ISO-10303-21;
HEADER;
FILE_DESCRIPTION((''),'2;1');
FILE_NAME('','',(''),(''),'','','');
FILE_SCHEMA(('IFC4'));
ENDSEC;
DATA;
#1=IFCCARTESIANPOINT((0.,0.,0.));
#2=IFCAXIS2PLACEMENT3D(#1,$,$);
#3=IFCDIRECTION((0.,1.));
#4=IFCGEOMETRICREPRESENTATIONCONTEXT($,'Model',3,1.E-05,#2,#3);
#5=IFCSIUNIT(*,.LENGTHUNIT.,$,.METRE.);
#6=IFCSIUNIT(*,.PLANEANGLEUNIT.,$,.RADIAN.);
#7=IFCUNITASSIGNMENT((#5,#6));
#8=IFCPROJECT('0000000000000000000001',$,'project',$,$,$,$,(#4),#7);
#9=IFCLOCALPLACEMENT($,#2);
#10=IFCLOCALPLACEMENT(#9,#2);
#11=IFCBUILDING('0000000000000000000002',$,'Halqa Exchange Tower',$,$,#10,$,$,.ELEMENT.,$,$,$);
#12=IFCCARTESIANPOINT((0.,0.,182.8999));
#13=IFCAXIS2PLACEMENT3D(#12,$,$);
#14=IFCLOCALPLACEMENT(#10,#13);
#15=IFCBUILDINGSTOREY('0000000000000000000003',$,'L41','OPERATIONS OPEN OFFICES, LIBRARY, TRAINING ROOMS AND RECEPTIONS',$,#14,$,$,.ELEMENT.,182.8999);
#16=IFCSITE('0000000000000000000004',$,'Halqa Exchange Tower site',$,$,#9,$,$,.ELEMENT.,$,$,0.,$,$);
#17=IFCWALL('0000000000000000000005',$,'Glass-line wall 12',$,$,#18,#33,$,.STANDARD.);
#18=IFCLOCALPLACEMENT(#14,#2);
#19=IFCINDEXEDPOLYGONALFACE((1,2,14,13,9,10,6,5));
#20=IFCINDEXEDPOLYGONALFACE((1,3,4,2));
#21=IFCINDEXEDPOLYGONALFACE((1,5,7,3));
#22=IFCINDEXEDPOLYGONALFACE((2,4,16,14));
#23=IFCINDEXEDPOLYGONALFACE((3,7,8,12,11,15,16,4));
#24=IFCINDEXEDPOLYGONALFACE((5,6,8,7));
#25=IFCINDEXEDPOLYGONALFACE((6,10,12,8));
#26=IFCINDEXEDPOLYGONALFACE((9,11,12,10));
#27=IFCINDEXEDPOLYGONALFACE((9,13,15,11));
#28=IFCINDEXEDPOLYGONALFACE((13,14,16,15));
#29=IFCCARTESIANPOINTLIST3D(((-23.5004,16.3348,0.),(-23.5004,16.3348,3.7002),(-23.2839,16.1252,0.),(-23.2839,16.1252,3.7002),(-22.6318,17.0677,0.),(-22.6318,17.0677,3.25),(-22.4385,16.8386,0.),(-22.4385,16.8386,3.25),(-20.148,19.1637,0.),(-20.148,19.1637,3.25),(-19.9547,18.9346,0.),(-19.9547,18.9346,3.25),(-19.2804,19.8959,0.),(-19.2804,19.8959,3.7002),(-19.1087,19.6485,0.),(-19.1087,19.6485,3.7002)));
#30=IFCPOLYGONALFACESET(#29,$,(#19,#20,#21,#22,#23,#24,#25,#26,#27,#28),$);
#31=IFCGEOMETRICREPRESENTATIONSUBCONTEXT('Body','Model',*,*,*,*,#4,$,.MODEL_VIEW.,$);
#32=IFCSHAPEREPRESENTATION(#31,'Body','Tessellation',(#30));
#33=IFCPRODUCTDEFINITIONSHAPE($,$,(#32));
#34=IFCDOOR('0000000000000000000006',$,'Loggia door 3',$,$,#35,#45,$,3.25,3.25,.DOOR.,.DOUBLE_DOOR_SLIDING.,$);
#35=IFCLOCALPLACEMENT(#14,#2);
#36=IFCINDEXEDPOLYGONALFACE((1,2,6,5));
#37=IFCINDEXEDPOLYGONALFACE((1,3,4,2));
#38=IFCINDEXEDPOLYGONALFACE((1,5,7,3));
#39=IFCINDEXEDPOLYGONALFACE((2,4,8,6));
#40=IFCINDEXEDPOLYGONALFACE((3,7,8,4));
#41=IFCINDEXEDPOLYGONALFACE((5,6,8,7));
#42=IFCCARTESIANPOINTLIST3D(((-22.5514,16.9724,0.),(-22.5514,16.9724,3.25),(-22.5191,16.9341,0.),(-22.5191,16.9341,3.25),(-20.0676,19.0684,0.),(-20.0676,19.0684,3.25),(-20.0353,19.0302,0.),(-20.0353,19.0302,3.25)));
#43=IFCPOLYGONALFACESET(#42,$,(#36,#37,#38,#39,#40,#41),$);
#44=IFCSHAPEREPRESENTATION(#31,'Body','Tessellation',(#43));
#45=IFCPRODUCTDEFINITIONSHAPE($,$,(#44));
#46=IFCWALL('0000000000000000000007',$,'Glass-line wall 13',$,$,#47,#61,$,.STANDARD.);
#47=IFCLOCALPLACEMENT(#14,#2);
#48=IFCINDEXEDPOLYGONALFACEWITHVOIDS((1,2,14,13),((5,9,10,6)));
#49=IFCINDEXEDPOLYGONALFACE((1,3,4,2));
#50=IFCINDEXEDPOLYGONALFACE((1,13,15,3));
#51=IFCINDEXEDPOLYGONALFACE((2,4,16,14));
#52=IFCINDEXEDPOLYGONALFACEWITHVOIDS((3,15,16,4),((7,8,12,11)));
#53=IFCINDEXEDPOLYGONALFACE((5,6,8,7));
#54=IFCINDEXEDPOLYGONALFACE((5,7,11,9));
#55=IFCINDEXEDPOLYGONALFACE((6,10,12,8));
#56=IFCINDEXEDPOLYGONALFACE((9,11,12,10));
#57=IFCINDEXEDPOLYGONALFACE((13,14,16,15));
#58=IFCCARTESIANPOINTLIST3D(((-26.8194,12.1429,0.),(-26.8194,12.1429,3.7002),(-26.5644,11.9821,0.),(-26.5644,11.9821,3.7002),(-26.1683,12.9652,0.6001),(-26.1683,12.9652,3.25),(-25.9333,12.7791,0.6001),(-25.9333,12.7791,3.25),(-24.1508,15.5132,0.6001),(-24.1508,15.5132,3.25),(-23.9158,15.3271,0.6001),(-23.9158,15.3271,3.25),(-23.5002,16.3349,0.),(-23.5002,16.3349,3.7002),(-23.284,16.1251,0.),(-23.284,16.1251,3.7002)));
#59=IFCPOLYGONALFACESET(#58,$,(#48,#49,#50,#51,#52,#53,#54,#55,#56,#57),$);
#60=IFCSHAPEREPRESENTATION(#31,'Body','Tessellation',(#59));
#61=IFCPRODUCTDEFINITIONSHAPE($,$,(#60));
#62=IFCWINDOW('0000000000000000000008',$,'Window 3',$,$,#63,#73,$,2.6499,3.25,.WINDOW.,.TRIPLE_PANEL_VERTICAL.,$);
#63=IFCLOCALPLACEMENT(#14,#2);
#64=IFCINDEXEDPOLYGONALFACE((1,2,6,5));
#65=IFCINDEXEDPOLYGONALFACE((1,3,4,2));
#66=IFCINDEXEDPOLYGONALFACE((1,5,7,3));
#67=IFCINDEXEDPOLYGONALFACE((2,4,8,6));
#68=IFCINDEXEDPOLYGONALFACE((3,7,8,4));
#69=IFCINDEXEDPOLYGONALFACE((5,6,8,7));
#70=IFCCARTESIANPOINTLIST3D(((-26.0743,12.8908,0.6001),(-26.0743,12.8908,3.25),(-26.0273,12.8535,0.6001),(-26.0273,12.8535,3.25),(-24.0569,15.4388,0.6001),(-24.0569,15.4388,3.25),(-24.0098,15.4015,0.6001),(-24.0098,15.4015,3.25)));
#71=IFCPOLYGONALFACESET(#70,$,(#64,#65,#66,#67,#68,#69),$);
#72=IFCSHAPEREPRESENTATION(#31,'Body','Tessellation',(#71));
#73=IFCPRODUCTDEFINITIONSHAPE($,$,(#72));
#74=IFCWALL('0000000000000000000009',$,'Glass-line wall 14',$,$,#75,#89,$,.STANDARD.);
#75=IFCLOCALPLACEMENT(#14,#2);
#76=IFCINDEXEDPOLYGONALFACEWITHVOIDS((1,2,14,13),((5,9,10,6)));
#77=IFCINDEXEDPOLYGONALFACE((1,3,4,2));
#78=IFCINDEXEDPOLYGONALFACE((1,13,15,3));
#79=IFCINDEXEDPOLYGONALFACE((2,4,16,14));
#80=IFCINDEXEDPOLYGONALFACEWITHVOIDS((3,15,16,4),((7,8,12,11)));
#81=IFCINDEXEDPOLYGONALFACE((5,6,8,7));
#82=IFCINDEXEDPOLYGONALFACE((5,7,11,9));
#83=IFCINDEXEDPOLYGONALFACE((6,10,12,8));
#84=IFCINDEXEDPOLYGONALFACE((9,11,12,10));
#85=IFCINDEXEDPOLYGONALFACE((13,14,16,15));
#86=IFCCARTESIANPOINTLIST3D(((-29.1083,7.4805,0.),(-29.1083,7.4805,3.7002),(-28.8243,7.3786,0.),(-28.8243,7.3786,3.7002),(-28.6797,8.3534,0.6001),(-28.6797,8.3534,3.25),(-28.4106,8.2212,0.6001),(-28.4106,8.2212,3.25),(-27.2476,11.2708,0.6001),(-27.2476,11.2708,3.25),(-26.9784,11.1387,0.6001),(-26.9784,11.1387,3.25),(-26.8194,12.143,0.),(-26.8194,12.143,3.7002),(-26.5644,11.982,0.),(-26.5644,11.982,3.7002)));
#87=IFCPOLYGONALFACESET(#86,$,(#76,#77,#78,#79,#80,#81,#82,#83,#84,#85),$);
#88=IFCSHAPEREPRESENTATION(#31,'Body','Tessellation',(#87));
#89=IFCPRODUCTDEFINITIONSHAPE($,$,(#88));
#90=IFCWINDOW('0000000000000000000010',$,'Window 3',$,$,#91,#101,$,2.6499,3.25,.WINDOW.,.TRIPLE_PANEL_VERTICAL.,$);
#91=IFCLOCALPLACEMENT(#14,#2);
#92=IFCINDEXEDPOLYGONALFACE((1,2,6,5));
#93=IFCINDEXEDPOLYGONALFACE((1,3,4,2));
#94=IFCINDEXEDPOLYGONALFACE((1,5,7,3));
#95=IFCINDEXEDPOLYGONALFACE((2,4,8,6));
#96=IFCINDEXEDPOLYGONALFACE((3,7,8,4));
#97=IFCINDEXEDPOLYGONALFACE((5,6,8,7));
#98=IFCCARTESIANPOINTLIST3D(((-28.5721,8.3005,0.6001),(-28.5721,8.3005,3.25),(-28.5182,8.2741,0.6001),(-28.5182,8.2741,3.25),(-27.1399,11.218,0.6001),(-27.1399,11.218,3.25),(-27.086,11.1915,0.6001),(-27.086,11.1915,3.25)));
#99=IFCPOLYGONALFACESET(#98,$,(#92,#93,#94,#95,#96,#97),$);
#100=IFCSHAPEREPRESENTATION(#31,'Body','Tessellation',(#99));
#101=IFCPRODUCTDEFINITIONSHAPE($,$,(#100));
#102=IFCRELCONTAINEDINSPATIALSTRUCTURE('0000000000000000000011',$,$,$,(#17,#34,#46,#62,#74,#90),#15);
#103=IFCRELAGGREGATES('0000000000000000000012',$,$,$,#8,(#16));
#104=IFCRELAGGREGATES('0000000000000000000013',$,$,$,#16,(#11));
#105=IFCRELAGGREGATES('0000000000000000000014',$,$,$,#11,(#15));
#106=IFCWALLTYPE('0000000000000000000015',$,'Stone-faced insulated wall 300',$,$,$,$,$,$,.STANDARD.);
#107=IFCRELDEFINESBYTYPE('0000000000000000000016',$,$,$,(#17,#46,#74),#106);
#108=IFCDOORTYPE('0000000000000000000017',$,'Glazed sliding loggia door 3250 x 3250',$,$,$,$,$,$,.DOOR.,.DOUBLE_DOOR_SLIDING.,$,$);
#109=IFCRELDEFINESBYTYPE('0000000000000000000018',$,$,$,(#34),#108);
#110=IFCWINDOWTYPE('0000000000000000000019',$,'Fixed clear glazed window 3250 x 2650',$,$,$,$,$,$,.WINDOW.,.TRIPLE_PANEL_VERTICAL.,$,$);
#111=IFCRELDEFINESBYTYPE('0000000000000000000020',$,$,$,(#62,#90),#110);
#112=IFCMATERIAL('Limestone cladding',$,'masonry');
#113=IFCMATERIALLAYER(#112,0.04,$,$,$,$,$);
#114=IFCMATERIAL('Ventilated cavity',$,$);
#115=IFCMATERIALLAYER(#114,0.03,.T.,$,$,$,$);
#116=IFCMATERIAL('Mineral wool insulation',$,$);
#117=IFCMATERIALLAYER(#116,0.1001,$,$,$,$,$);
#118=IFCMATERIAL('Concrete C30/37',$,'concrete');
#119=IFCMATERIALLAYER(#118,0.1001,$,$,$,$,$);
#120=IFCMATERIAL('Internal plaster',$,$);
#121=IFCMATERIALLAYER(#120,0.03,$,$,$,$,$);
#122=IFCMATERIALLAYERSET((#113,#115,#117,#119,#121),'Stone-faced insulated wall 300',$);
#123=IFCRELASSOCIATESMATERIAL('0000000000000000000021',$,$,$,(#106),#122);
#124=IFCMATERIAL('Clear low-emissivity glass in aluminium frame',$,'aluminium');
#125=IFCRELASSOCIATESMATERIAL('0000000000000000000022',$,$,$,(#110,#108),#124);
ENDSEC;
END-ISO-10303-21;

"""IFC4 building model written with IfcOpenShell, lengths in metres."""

from ifc_helpers import new_model, si_unit, direction, frame, frame_2d, origin, place, context, subcontext, project, spatial, polyline, rectangle, outline, extrude, material, layer, layer_set, type_object, element, fill, save


model = new_model("IFC4")

# Units and contexts
model_context = context("Model", 3, precision=1e-05, world=origin(), true_north=direction((0.0, 1.0)))
body_context = subcontext(model_context, "Body", "Model", "MODEL_VIEW")
ifc_project = project(units=[si_unit("LENGTHUNIT", "METRE"), si_unit("PLANEANGLEUNIT", "RADIAN")], contexts=[model_context])

# Site, building, storey
site_placement = place(None, origin())
site = spatial("IfcSite", under=ifc_project, at=site_placement, Name="Halqa Exchange Tower site", CompositionType="ELEMENT", RefElevation=0.0)
building_placement = place(site_placement, origin())
building = spatial("IfcBuilding", under=site, at=building_placement, Name="Halqa Exchange Tower", CompositionType="ELEMENT")
storey_placement = place(building_placement, frame((0.0, 0.0, 182.8999)))
storey = spatial("IfcBuildingStorey", under=building, at=storey_placement, Name="L41", Description="OPERATIONS OPEN OFFICES, LIBRARY, TRAINING ROOMS AND RECEPTIONS", CompositionType="ELEMENT", Elevation=182.8999)

# Shared definitions
ifc_material_1 = material(Name="Limestone cladding", Category="masonry")
ifc_layer_1 = layer(ifc_material_1, 0.04)
ifc_material_2 = material(Name="Ventilated cavity")
ifc_layer_2 = layer(ifc_material_2, 0.03, ventilated=True)
ifc_material_3 = material(Name="Mineral wool insulation")
ifc_layer_3 = layer(ifc_material_3, 0.1001)
ifc_material_4 = material(Name="Concrete C30/37", Category="concrete")
ifc_layer_4 = layer(ifc_material_4, 0.1001)
ifc_material_5 = material(Name="Internal plaster")
ifc_layer_5 = layer(ifc_material_5, 0.03)
ifc_layer_set_1 = layer_set([ifc_layer_1, ifc_layer_2, ifc_layer_3, ifc_layer_4, ifc_layer_5], Name="Stone-faced insulated wall 300")
wall_type_1 = type_object("IfcWallType", Name="Stone-faced insulated wall 300", PredefinedType="STANDARD", material=ifc_layer_set_1)
ifc_material_6 = material(Name="Clear low-emissivity glass in aluminium frame", Category="aluminium")
window_type = type_object("IfcWindowType", Name="Fixed clear glazed window 3250 x 2650", PartitioningType="TRIPLE_PANEL_VERTICAL", PredefinedType="WINDOW", material=ifc_material_6)

# Wall, opening, door
wall_1_placement = place(storey_placement, frame((-19.1946, 19.7722, 0.0), z_axis=(0.0, 0.0, 1.0), x_axis=(-0.764239, -0.644933, 0.0)))
wall_1 = element("IfcWall", 1, at=wall_1_placement, inside=storey, type_object=wall_type_1, Name="Glass-line wall 12", PredefinedType="STANDARD", context=body_context, shape_type="SweptSolid", body=[
    extrude(outline(polyline([(-0.0142, -0.1499), (5.5076, -0.1499), (5.4773, 0.1499), (0.0142, 0.1499), (-0.0142, -0.1499)])), origin(), (0.0, 0.0, 1.0), 3.7002),
])
opening_1_placement = place(wall_1_placement, frame((1.1211, 0.0, 0.0)))
opening_1 = element("IfcOpeningElement", 2, at=opening_1_placement, cuts=wall_1, PredefinedType="OPENING", context=body_context, shape_type="SweptSolid", body=[
    extrude(rectangle(XDim=3.25, YDim=3.25, at=frame_2d((1.625, 1.625))), frame((0.0, 0.1621, 0.0), z_axis=(0.0, -1.0, 0.0), x_axis=(1.0, 0.0, 0.0)), (0.0, 0.0, 1.0), 0.324),
])
door_type = type_object("IfcDoorType", Name="Glazed sliding loggia door 3250 x 3250", OperationType="DOUBLE_DOOR_SLIDING", PredefinedType="DOOR", material=ifc_material_6)
door_placement = place(opening_1_placement, origin())
door = element("IfcDoor", 3, at=door_placement, inside=storey, type_object=door_type, Name="Loggia door 3", OperationType="DOUBLE_DOOR_SLIDING", OverallHeight=3.25, OverallWidth=3.25, PredefinedType="DOOR", context=body_context, shape_type="SweptSolid", body=[
    extrude(rectangle(XDim=3.25, YDim=3.25, at=frame_2d((1.625, 1.625))), frame((0.0, 0.0249, 0.0), z_axis=(0.0, -1.0, 0.0), x_axis=(1.0, 0.0, 0.0)), (0.0, 0.0, 1.0), 0.05),
])
fill(opening_1, door)

# Walls, openings, windows
wall_2_placement = place(storey_placement, frame((-23.3921, 16.23, 0.0), z_axis=(0.0, 0.0, 1.0), x_axis=(-0.620766, -0.783996, 0.0)))
wall_2 = element("IfcWall", 4, at=wall_2_placement, inside=storey, type_object=wall_type_1, Name="Glass-line wall 13", PredefinedType="STANDARD", context=body_context, shape_type="SweptSolid", body=[
    extrude(outline(polyline([(-0.0151, -0.1499), (5.3318, -0.1499), (5.2996, 0.1499), (0.0151, 0.1499), (-0.0151, -0.1499)])), origin(), (0.0, 0.0, 1.0), 3.7002),
])
opening_2_placement = place(wall_2_placement, frame((1.033, 0.0, 0.6001)))
opening_2 = element("IfcOpeningElement", 5, at=opening_2_placement, cuts=wall_2, PredefinedType="OPENING", context=body_context, shape_type="SweptSolid", body=[
    extrude(rectangle(XDim=3.25, YDim=2.6499, at=frame_2d((1.625, 1.325))), frame((0.0, 0.1621, 0.0), z_axis=(0.0, -1.0, 0.0), x_axis=(1.0, 0.0, 0.0)), (0.0, 0.0, 1.0), 0.324),
])
window_1_placement = place(opening_2_placement, origin())
window_1 = element("IfcWindow", 6, at=window_1_placement, inside=storey, type_object=window_type, Name="Window 3", OverallHeight=2.6499, OverallWidth=3.25, PartitioningType="TRIPLE_PANEL_VERTICAL", PredefinedType="WINDOW", context=body_context, shape_type="SweptSolid", body=[
    extrude(rectangle(XDim=3.25, YDim=2.6499, at=frame_2d((1.625, 1.325))), frame((0.0, 0.03, 0.0), z_axis=(0.0, -1.0, 0.0), x_axis=(1.0, 0.0, 0.0)), (0.0, 0.0, 1.0), 0.0601),
])
fill(opening_2, window_1)
wall_3_placement = place(storey_placement, frame((-26.6919, 12.0625, 0.0), z_axis=(0.0, 0.0, 1.0), x_axis=(-0.440674, -0.897667, 0.0)))
wall_3 = element("IfcWall", 7, at=wall_3_placement, inside=storey, type_object=wall_type_1, Name="Glass-line wall 14", PredefinedType="STANDARD", context=body_context, shape_type="SweptSolid", body=[
    extrude(outline(polyline([(-0.0161, -0.1499), (5.178, -0.1499), (5.1443, 0.1499), (0.0161, 0.1499), (-0.0161, -0.1499)])), origin(), (0.0, 0.0, 1.0), 3.7002),
])
opening_3_placement = place(wall_3_placement, frame((0.9556, 0.0, 0.6001)))
opening_3 = element("IfcOpeningElement", 8, at=opening_3_placement, cuts=wall_3, PredefinedType="OPENING", context=body_context, shape_type="SweptSolid", body=[
    extrude(rectangle(XDim=3.25, YDim=2.6499, at=frame_2d((1.625, 1.325))), frame((0.0, 0.1621, 0.0), z_axis=(0.0, -1.0, 0.0), x_axis=(1.0, 0.0, 0.0)), (0.0, 0.0, 1.0), 0.324),
])
window_2_placement = place(opening_3_placement, origin())
window_2 = element("IfcWindow", 9, at=window_2_placement, inside=storey, type_object=window_type, Name="Window 3", OverallHeight=2.6499, OverallWidth=3.25, PartitioningType="TRIPLE_PANEL_VERTICAL", PredefinedType="WINDOW", context=body_context, shape_type="SweptSolid", body=[
    extrude(rectangle(XDim=3.25, YDim=2.6499, at=frame_2d((1.625, 1.325))), frame((0.0, 0.03, 0.0), z_axis=(0.0, -1.0, 0.0), x_axis=(1.0, 0.0, 0.0)), (0.0, 0.0, 1.0), 0.0601),
])
fill(opening_3, window_2)

save(model, "model.ifc")
